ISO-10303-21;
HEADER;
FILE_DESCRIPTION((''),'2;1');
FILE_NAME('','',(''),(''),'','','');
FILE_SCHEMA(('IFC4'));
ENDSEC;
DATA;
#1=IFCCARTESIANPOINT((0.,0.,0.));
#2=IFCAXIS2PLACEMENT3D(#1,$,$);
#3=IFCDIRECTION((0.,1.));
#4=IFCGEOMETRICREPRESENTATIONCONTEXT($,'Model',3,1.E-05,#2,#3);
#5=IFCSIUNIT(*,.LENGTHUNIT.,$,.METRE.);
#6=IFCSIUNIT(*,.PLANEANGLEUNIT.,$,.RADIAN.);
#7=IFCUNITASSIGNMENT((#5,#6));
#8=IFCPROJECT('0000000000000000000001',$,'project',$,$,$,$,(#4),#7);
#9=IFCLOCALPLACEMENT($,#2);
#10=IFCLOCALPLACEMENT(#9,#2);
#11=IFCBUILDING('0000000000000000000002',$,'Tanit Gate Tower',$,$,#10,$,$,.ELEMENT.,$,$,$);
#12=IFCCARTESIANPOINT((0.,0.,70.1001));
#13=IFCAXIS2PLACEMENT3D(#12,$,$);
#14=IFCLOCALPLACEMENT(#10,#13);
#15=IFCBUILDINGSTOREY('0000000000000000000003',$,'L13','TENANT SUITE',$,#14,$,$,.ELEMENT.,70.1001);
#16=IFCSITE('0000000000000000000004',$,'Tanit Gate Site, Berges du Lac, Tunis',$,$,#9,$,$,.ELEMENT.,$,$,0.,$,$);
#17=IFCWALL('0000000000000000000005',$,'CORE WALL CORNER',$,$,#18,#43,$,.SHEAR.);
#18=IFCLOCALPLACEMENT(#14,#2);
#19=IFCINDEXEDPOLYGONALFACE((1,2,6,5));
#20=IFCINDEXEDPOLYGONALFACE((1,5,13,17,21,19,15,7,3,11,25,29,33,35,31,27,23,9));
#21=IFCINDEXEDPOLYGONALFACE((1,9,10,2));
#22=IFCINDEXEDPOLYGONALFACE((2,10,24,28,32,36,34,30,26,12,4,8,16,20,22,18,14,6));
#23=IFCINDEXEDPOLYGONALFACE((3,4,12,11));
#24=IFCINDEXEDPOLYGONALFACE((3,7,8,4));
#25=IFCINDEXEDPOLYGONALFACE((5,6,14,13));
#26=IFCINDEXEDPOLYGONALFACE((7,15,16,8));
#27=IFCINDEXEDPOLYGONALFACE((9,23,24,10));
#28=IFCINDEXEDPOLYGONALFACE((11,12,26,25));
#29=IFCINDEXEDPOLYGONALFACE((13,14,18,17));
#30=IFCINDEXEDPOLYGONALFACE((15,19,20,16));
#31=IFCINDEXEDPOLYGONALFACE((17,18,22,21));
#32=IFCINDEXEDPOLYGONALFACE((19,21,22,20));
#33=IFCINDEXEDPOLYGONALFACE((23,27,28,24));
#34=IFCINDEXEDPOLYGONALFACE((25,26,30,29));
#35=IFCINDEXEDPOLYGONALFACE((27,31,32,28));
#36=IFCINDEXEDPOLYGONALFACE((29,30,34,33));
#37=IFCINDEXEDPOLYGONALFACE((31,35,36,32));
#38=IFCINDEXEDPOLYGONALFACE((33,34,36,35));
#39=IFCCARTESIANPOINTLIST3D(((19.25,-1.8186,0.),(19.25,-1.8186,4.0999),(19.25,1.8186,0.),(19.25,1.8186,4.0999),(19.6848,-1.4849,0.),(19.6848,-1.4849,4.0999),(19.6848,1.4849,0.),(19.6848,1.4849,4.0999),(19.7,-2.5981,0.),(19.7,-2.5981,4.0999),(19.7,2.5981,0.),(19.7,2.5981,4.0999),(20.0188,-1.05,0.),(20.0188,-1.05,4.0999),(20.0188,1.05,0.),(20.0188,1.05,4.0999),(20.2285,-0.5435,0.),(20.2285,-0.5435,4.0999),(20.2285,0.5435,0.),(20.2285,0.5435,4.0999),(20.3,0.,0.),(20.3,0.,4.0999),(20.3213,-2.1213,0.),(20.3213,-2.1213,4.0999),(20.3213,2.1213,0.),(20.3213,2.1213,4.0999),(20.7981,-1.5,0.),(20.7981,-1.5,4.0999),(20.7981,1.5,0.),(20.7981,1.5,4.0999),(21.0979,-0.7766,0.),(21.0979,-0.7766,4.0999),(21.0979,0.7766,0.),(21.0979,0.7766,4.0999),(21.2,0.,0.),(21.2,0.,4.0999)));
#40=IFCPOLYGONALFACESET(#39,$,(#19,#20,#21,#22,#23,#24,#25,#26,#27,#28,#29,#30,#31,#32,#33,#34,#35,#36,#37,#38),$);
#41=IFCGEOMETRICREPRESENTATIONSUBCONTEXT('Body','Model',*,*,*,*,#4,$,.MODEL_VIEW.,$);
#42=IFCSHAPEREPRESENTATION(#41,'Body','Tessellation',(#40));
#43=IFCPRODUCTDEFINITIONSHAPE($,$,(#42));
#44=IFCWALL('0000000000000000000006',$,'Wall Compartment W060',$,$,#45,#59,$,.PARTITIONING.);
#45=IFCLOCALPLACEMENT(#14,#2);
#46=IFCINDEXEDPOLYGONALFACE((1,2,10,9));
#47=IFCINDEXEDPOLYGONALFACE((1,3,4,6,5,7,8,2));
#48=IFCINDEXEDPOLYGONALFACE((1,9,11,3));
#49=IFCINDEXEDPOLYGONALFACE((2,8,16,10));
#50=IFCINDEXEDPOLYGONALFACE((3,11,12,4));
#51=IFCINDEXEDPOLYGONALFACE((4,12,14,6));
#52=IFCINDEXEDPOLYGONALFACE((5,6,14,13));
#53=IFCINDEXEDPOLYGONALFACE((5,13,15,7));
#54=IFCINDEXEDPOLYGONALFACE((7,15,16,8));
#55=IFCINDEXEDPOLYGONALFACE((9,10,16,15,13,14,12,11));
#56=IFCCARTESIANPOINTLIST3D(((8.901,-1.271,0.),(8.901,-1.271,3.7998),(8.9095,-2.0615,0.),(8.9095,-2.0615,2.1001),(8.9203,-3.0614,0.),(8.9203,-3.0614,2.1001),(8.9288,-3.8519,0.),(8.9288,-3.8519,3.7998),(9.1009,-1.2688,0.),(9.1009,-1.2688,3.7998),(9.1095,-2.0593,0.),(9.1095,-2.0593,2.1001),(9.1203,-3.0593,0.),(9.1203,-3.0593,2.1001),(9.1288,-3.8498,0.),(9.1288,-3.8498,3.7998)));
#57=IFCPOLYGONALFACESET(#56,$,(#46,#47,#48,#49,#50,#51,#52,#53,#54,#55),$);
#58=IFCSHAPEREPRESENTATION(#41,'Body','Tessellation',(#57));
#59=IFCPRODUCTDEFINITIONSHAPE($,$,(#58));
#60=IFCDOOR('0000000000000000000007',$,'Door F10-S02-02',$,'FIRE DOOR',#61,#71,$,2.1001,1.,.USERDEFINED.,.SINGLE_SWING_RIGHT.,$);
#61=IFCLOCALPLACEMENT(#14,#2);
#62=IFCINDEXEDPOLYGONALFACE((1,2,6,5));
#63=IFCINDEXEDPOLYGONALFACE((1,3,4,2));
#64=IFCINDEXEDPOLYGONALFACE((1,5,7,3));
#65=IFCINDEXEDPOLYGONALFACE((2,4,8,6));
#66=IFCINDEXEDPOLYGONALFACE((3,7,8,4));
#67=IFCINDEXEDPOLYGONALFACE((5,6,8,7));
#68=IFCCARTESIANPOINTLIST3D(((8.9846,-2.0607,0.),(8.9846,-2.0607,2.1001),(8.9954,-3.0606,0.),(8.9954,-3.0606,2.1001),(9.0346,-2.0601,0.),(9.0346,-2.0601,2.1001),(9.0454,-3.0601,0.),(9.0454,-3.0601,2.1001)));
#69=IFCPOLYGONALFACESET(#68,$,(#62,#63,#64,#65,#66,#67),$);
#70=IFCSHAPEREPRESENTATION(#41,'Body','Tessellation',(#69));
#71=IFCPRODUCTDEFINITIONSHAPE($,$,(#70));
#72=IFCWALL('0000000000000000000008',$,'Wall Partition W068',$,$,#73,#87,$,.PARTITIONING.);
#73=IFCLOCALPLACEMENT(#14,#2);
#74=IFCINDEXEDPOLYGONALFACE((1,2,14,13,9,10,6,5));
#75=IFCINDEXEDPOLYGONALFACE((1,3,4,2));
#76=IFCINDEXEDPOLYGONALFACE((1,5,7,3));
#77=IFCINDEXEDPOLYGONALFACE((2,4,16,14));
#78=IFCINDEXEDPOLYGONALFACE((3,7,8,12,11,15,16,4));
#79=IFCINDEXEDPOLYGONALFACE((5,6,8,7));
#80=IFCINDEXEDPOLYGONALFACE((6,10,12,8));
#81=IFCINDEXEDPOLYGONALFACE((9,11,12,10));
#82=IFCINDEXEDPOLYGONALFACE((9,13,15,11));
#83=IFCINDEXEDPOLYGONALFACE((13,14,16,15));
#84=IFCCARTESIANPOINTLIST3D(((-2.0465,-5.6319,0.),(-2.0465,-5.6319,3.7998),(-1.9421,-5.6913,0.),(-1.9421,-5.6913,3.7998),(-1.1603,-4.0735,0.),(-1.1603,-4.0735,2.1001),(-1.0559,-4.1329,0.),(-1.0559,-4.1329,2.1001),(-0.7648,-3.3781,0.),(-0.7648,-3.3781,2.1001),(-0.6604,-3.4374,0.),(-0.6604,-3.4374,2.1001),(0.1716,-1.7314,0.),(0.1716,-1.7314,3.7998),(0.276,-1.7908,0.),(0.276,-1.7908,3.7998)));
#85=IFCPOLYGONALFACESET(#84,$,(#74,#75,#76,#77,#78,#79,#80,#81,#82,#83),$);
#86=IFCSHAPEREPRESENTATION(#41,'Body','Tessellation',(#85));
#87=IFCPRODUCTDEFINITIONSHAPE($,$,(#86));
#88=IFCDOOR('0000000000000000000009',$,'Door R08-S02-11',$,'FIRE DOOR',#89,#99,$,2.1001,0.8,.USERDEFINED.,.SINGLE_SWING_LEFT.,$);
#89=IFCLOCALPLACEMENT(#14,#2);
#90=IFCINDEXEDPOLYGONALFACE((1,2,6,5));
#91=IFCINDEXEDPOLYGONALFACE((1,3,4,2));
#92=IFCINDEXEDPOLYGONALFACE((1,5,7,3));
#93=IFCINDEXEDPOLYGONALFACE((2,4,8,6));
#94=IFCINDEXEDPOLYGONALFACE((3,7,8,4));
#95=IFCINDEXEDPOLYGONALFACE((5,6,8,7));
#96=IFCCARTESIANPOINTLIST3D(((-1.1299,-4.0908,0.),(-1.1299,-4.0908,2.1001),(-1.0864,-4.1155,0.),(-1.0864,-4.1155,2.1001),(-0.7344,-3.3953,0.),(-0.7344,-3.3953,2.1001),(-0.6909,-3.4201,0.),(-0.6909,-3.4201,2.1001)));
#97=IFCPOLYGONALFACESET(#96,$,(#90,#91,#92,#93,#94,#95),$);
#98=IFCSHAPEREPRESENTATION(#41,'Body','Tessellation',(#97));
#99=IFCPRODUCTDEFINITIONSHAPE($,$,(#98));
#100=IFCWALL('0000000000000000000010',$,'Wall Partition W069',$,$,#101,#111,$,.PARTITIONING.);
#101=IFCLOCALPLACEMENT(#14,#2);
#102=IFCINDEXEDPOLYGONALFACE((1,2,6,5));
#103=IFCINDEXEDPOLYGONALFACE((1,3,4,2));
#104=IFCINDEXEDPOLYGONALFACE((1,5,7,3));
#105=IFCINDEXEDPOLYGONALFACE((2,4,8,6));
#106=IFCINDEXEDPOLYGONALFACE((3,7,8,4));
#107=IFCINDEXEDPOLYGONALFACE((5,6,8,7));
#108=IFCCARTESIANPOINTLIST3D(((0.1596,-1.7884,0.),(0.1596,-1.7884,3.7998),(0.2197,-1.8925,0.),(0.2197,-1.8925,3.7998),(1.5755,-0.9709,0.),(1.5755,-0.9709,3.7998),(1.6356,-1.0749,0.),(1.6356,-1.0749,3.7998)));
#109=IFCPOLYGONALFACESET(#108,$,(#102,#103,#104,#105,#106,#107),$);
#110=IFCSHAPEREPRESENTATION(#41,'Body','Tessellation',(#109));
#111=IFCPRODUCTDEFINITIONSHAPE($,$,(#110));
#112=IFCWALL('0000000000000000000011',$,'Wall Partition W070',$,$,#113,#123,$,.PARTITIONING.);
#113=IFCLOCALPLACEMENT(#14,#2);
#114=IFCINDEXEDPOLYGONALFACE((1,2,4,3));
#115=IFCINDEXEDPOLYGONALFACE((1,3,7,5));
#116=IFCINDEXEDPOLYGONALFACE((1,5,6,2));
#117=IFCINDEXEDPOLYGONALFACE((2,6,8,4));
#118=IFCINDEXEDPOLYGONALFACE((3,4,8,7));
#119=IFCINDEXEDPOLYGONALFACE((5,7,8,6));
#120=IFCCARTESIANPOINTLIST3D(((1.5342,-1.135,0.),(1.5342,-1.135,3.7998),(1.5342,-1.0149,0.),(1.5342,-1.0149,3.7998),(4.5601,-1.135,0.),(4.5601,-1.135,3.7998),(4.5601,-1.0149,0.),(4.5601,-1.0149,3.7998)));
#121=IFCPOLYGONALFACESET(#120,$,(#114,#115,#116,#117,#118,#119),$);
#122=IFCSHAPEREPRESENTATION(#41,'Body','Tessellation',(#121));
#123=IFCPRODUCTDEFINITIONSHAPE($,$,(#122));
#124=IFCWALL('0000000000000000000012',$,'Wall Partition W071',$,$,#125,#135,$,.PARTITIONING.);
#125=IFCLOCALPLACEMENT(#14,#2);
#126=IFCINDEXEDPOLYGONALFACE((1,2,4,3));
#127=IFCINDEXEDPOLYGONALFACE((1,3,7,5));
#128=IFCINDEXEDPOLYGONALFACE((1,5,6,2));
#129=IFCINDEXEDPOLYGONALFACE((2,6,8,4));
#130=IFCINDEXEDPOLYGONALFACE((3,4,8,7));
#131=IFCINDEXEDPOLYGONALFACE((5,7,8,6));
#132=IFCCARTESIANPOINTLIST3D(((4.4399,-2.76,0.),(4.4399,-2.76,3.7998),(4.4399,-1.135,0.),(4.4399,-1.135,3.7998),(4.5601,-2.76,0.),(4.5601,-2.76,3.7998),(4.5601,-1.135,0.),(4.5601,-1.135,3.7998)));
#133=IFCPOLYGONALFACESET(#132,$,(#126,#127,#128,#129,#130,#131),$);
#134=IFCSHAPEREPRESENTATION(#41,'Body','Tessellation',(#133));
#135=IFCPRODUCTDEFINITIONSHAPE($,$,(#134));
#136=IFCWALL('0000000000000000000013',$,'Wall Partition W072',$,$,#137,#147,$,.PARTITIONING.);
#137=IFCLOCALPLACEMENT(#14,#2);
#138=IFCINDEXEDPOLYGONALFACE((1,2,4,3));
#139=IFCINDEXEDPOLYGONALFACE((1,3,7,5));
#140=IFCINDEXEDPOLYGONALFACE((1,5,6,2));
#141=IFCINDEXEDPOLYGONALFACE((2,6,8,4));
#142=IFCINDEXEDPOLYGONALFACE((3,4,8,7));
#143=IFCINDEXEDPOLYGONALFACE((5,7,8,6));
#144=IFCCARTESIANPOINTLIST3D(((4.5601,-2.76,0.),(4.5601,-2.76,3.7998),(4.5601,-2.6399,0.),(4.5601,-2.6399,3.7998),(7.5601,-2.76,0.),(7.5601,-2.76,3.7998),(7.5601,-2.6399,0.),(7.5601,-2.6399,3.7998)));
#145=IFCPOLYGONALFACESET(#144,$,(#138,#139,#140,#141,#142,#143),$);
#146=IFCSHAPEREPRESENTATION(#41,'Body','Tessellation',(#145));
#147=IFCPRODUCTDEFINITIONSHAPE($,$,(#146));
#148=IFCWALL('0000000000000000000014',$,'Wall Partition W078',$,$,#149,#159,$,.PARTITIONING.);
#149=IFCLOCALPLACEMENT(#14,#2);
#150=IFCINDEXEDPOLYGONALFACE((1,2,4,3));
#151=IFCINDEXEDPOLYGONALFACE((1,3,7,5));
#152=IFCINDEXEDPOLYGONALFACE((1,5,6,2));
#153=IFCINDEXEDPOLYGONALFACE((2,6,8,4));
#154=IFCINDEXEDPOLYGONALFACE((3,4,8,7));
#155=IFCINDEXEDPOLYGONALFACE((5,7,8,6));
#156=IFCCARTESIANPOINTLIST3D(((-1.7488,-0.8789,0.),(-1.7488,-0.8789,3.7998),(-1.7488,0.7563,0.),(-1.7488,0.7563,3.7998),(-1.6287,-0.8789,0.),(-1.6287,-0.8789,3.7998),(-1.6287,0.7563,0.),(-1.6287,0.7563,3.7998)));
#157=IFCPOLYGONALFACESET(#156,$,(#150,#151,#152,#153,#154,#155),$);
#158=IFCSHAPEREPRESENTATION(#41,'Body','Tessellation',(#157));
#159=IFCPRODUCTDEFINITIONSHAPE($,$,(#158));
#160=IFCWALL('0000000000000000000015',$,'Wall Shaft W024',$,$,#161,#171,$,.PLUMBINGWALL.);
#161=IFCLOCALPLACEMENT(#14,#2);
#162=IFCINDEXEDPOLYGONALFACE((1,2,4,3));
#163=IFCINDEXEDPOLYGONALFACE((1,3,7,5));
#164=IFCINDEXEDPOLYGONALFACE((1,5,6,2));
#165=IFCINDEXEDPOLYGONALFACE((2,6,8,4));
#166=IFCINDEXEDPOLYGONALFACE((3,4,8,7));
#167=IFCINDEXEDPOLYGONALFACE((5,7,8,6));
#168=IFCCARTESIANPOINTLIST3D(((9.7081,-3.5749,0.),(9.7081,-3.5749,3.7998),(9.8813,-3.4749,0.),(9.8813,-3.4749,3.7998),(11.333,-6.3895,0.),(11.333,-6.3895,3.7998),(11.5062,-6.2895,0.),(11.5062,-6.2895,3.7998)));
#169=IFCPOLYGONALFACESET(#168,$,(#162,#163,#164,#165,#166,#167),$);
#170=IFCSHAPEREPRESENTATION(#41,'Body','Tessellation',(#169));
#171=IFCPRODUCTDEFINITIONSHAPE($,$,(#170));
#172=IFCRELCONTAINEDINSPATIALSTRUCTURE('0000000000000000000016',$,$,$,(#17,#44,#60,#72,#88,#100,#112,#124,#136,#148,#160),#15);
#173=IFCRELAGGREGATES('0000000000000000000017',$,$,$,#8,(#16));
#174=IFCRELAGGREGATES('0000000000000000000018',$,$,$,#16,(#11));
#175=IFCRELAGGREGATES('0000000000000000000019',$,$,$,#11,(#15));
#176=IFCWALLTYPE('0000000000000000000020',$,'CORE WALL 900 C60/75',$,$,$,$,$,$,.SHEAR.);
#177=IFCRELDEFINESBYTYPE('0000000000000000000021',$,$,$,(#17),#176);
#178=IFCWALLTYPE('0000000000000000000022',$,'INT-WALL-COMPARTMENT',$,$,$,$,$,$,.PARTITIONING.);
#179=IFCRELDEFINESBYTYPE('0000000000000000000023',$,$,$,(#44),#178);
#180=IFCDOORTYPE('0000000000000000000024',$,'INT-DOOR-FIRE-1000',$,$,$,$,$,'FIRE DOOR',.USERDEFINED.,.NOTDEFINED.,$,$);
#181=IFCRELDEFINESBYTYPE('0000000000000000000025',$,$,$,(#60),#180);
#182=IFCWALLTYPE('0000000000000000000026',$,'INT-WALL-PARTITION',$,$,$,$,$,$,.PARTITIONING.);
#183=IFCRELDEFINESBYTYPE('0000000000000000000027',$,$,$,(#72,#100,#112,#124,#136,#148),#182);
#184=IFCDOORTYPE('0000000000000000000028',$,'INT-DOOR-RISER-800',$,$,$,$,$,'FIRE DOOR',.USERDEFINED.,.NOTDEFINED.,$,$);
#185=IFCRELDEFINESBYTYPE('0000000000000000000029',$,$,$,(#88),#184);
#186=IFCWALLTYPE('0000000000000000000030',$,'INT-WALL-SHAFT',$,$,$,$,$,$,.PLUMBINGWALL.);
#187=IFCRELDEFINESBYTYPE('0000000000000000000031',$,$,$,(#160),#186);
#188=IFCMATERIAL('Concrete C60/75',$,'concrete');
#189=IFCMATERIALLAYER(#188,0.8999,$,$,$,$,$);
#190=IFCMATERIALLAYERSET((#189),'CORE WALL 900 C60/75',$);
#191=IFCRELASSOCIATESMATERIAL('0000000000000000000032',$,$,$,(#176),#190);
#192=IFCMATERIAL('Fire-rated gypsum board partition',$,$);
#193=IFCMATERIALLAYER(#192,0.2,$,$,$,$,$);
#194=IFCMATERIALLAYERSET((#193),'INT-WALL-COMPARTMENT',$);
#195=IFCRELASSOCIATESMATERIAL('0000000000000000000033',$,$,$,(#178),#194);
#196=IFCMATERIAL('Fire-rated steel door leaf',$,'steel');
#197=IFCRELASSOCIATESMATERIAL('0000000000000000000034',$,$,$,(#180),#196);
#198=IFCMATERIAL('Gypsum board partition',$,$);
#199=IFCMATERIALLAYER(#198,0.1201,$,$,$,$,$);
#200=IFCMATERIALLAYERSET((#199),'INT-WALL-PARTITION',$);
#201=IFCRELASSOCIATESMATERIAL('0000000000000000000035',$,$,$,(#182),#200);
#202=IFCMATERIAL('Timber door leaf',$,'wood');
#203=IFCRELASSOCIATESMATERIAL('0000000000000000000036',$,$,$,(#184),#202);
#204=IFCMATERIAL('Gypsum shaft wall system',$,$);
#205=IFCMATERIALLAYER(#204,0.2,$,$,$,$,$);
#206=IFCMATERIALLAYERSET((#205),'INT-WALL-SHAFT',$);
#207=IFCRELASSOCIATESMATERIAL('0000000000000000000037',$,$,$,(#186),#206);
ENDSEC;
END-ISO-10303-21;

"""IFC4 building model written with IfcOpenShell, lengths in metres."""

from ifc_helpers import new_model, si_unit, direction, frame, frame_2d, origin, place, context, subcontext, project, spatial, polyline, rectangle, outline, extrude, material, layer, layer_set, type_object, element, fill, save


model = new_model("IFC4")

# Units and contexts
model_context = context("Model", 3, precision=1e-05, world=origin(), true_north=direction((0.0, 1.0)))
body_context = subcontext(model_context, "Body", "Model", "MODEL_VIEW")
ifc_project = project(units=[si_unit("LENGTHUNIT", "METRE"), si_unit("PLANEANGLEUNIT", "RADIAN")], contexts=[model_context])

# Site, building, storey
site_placement = place(None, origin())
site = spatial("IfcSite", under=ifc_project, at=site_placement, Name="Tanit Gate Site, Berges du Lac, Tunis", CompositionType="ELEMENT", RefElevation=0.0)
building_placement = place(site_placement, origin())
building = spatial("IfcBuilding", under=site, at=building_placement, Name="Tanit Gate Tower", CompositionType="ELEMENT")
storey_placement = place(building_placement, frame((0.0, 0.0, 70.1001)))
storey = spatial("IfcBuildingStorey", under=building, at=storey_placement, Name="L13", Description="TENANT SUITE", CompositionType="ELEMENT", Elevation=70.1001)

# Wall
ifc_material_1 = material(Name="Concrete C60/75", Category="concrete")
ifc_layer_1 = layer(ifc_material_1, 0.8999)
ifc_layer_set_1 = layer_set([ifc_layer_1], Name="CORE WALL 900 C60/75")
wall_type_1 = type_object("IfcWallType", Name="CORE WALL 900 C60/75", PredefinedType="SHEAR", material=ifc_layer_set_1)
wall_1_placement = place(storey_placement, origin())
element("IfcWall", 1, at=wall_1_placement, inside=storey, type_object=wall_type_1, Name="CORE WALL CORNER", PredefinedType="SHEAR", context=body_context, shape_type="SweptSolid", body=[
    extrude(outline(polyline([(19.7, -2.5981), (20.3213, -2.1213), (20.7981, -1.5), (21.0979, -0.7766), (21.2, 0.0), (21.0979, 0.7766), (20.7981, 1.5), (20.3213, 2.1213), (19.7, 2.5981), (19.25, 1.8186), (19.6848, 1.4849), (20.0188, 1.05), (20.2285, 0.5435), (20.3, 0.0), (20.2285, -0.5435), (20.0188, -1.05), (19.6848, -1.4849), (19.25, -1.8186), (19.7, -2.5981)])), origin(), (0.0, 0.0, 1.0), 4.0999),
])

# Walls, openings, doors
ifc_material_2 = material(Name="Fire-rated gypsum board partition")
ifc_layer_2 = layer(ifc_material_2, 0.2)
ifc_layer_set_2 = layer_set([ifc_layer_2], Name="INT-WALL-COMPARTMENT")
wall_type_2 = type_object("IfcWallType", Name="INT-WALL-COMPARTMENT", PredefinedType="PARTITIONING", material=ifc_layer_set_2)
wall_2_placement = place(storey_placement, frame((9.0288, -3.8508, 0.0), z_axis=(0.0, 0.0, 1.0), x_axis=(-0.010784, 0.999942, 0.0)))
wall_2 = element("IfcWall", 2, at=wall_2_placement, inside=storey, type_object=wall_type_2, Name="Wall Compartment W060", PredefinedType="PARTITIONING", context=body_context, shape_type="SweptSolid", body=[
    extrude(rectangle(XDim=2.5811, YDim=0.2, at=frame_2d((1.2905, 0.0))), origin(), (0.0, 0.0, 1.0), 3.7998),
])
opening_1_placement = place(wall_2_placement, frame((0.7905, 0.0, 0.0)))
opening_1 = element("IfcOpeningElement", 3, at=opening_1_placement, cuts=wall_2, PredefinedType="OPENING", context=body_context, shape_type="SweptSolid", body=[
    extrude(rectangle(XDim=1.0, YDim=2.1001, at=frame_2d((0.5, 1.05))), frame((0.0, 0.1099, 0.0), z_axis=(0.0, -1.0, 0.0), x_axis=(1.0, 0.0, 0.0)), (0.0, 0.0, 1.0), 0.22),
])
ifc_material_3 = material(Name="Fire-rated steel door leaf", Category="steel")
door_type_1 = type_object("IfcDoorType", Name="INT-DOOR-FIRE-1000", ElementType="FIRE DOOR", OperationType="NOTDEFINED", PredefinedType="USERDEFINED", material=ifc_material_3)
door_1_placement = place(opening_1_placement, origin())
door_1 = element("IfcDoor", 4, at=door_1_placement, inside=storey, type_object=door_type_1, Name="Door F10-S02-02", ObjectType="FIRE DOOR", OperationType="SINGLE_SWING_RIGHT", OverallHeight=2.1001, OverallWidth=1.0, PredefinedType="USERDEFINED", context=body_context, shape_type="SweptSolid", body=[
    extrude(rectangle(XDim=1.0, YDim=2.1001, at=frame_2d((0.5, 1.05))), frame((0.0, 0.0249, 0.0), z_axis=(0.0, -1.0, 0.0), x_axis=(1.0, 0.0, 0.0)), (0.0, 0.0, 1.0), 0.05),
])
fill(opening_1, door_1)
ifc_material_4 = material(Name="Gypsum board partition")
ifc_layer_3 = layer(ifc_material_4, 0.1201)
ifc_layer_set_3 = layer_set([ifc_layer_3], Name="INT-WALL-PARTITION")
wall_type_3 = type_object("IfcWallType", Name="INT-WALL-PARTITION", PredefinedType="PARTITIONING", material=ifc_layer_set_3)
wall_3_placement = place(storey_placement, frame((0.2239, -1.761, 0.0), z_axis=(0.0, 0.0, 1.0), x_axis=(-0.494327, -0.869276, 0.0)))
wall_3 = element("IfcWall", 5, at=wall_3_placement, inside=storey, type_object=wall_type_3, Name="Wall Partition W068", PredefinedType="PARTITIONING", context=body_context, shape_type="SweptSolid", body=[
    extrude(rectangle(XDim=4.4871, YDim=0.1201, at=frame_2d((2.2437, 0.0))), origin(), (0.0, 0.0, 1.0), 3.7998),
])
opening_2_placement = place(wall_3_placement, frame((1.8945, 0.0, 0.0)))
opening_2 = element("IfcOpeningElement", 6, at=opening_2_placement, cuts=wall_3, PredefinedType="OPENING", context=body_context, shape_type="SweptSolid", body=[
    extrude(rectangle(XDim=0.8, YDim=2.1001, at=frame_2d((0.3999, 1.05))), frame((0.0, 0.0701, 0.0), z_axis=(0.0, -1.0, 0.0), x_axis=(1.0, 0.0, 0.0)), (0.0, 0.0, 1.0), 0.1401),
])
ifc_material_5 = material(Name="Timber door leaf", Category="wood")
door_type_2 = type_object("IfcDoorType", Name="INT-DOOR-RISER-800", ElementType="FIRE DOOR", OperationType="NOTDEFINED", PredefinedType="USERDEFINED", material=ifc_material_5)
door_2_placement = place(opening_2_placement, origin())
door_2 = element("IfcDoor", 7, at=door_2_placement, inside=storey, type_object=door_type_2, Name="Door R08-S02-11", ObjectType="FIRE DOOR", OperationType="SINGLE_SWING_LEFT", OverallHeight=2.1001, OverallWidth=0.8, PredefinedType="USERDEFINED", context=body_context, shape_type="SweptSolid", body=[
    extrude(rectangle(XDim=0.8, YDim=2.1001, at=frame_2d((0.3999, 1.05))), frame((0.0, 0.0249, 0.0), z_axis=(0.0, -1.0, 0.0), x_axis=(1.0, 0.0, 0.0)), (0.0, 0.0, 1.0), 0.05),
])
fill(opening_2, door_2)

# Walls
wall_4_placement = place(storey_placement, frame((1.6055, -1.0229, 0.0), z_axis=(0.0, 0.0, 1.0), x_axis=(-0.866002, -0.500041, 0.0)))
element("IfcWall", 8, at=wall_4_placement, inside=storey, type_object=wall_type_3, Name="Wall Partition W069", PredefinedType="PARTITIONING", context=body_context, shape_type="SweptSolid", body=[
    extrude(rectangle(XDim=1.635, YDim=0.1201, at=frame_2d((0.8174, 0.0))), origin(), (0.0, 0.0, 1.0), 3.7998),
])
wall_5_placement = place(storey_placement, frame((4.5601, -1.075, 0.0), z_axis=(0.0, 0.0, 1.0), x_axis=(-1.0, 0.0, 0.0)))
element("IfcWall", 9, at=wall_5_placement, inside=storey, type_object=wall_type_3, Name="Wall Partition W070", PredefinedType="PARTITIONING", context=body_context, shape_type="SweptSolid", body=[
    extrude(rectangle(XDim=3.0259, YDim=0.1201, at=frame_2d((1.5129, 0.0))), origin(), (0.0, 0.0, 1.0), 3.7998),
])
wall_6_placement = place(storey_placement, frame((4.5, -2.76, 0.0), z_axis=(0.0, 0.0, 1.0), x_axis=(0.0, 1.0, 0.0)))
element("IfcWall", 10, at=wall_6_placement, inside=storey, type_object=wall_type_3, Name="Wall Partition W071", PredefinedType="PARTITIONING", context=body_context, shape_type="SweptSolid", body=[
    extrude(rectangle(XDim=1.625, YDim=0.1201, at=frame_2d((0.8125, 0.0))), origin(), (0.0, 0.0, 1.0), 3.7998),
])
wall_7_placement = place(storey_placement, frame((7.5601, -2.7, 0.0), z_axis=(0.0, 0.0, 1.0), x_axis=(-1.0, 0.0, 0.0)))
element("IfcWall", 11, at=wall_7_placement, inside=storey, type_object=wall_type_3, Name="Wall Partition W072", PredefinedType="PARTITIONING", context=body_context, shape_type="SweptSolid", body=[
    extrude(rectangle(XDim=3.0, YDim=0.1201, at=frame_2d((1.5, 0.0))), origin(), (0.0, 0.0, 1.0), 3.7998),
])
wall_8_placement = place(storey_placement, frame((-1.6887, -0.8789, 0.0), z_axis=(0.0, 0.0, 1.0), x_axis=(0.0, 1.0, 0.0)))
element("IfcWall", 12, at=wall_8_placement, inside=storey, type_object=wall_type_3, Name="Wall Partition W078", PredefinedType="PARTITIONING", context=body_context, shape_type="SweptSolid", body=[
    extrude(rectangle(XDim=1.6353, YDim=0.1201, at=frame_2d((0.8176, 0.0))), origin(), (0.0, 0.0, 1.0), 3.7998),
])
ifc_material_6 = material(Name="Gypsum shaft wall system")
ifc_layer_4 = layer(ifc_material_6, 0.2)
ifc_layer_set_4 = layer_set([ifc_layer_4], Name="INT-WALL-SHAFT")
wall_type_4 = type_object("IfcWallType", Name="INT-WALL-SHAFT", PredefinedType="PLUMBINGWALL", material=ifc_layer_set_4)
wall_9_placement = place(storey_placement, frame((9.7947, -3.5249, 0.0), z_axis=(0.0, 0.0, 1.0), x_axis=(0.499985, -0.866034, 0.0)))
element("IfcWall", 13, at=wall_9_placement, inside=storey, type_object=wall_type_4, Name="Wall Shaft W024", PredefinedType="PLUMBINGWALL", context=body_context, shape_type="SweptSolid", body=[
    extrude(rectangle(XDim=3.25, YDim=0.2, at=frame_2d((1.625, 0.0))), origin(), (0.0, 0.0, 1.0), 3.7998),
])

save(model, "model.ifc")
